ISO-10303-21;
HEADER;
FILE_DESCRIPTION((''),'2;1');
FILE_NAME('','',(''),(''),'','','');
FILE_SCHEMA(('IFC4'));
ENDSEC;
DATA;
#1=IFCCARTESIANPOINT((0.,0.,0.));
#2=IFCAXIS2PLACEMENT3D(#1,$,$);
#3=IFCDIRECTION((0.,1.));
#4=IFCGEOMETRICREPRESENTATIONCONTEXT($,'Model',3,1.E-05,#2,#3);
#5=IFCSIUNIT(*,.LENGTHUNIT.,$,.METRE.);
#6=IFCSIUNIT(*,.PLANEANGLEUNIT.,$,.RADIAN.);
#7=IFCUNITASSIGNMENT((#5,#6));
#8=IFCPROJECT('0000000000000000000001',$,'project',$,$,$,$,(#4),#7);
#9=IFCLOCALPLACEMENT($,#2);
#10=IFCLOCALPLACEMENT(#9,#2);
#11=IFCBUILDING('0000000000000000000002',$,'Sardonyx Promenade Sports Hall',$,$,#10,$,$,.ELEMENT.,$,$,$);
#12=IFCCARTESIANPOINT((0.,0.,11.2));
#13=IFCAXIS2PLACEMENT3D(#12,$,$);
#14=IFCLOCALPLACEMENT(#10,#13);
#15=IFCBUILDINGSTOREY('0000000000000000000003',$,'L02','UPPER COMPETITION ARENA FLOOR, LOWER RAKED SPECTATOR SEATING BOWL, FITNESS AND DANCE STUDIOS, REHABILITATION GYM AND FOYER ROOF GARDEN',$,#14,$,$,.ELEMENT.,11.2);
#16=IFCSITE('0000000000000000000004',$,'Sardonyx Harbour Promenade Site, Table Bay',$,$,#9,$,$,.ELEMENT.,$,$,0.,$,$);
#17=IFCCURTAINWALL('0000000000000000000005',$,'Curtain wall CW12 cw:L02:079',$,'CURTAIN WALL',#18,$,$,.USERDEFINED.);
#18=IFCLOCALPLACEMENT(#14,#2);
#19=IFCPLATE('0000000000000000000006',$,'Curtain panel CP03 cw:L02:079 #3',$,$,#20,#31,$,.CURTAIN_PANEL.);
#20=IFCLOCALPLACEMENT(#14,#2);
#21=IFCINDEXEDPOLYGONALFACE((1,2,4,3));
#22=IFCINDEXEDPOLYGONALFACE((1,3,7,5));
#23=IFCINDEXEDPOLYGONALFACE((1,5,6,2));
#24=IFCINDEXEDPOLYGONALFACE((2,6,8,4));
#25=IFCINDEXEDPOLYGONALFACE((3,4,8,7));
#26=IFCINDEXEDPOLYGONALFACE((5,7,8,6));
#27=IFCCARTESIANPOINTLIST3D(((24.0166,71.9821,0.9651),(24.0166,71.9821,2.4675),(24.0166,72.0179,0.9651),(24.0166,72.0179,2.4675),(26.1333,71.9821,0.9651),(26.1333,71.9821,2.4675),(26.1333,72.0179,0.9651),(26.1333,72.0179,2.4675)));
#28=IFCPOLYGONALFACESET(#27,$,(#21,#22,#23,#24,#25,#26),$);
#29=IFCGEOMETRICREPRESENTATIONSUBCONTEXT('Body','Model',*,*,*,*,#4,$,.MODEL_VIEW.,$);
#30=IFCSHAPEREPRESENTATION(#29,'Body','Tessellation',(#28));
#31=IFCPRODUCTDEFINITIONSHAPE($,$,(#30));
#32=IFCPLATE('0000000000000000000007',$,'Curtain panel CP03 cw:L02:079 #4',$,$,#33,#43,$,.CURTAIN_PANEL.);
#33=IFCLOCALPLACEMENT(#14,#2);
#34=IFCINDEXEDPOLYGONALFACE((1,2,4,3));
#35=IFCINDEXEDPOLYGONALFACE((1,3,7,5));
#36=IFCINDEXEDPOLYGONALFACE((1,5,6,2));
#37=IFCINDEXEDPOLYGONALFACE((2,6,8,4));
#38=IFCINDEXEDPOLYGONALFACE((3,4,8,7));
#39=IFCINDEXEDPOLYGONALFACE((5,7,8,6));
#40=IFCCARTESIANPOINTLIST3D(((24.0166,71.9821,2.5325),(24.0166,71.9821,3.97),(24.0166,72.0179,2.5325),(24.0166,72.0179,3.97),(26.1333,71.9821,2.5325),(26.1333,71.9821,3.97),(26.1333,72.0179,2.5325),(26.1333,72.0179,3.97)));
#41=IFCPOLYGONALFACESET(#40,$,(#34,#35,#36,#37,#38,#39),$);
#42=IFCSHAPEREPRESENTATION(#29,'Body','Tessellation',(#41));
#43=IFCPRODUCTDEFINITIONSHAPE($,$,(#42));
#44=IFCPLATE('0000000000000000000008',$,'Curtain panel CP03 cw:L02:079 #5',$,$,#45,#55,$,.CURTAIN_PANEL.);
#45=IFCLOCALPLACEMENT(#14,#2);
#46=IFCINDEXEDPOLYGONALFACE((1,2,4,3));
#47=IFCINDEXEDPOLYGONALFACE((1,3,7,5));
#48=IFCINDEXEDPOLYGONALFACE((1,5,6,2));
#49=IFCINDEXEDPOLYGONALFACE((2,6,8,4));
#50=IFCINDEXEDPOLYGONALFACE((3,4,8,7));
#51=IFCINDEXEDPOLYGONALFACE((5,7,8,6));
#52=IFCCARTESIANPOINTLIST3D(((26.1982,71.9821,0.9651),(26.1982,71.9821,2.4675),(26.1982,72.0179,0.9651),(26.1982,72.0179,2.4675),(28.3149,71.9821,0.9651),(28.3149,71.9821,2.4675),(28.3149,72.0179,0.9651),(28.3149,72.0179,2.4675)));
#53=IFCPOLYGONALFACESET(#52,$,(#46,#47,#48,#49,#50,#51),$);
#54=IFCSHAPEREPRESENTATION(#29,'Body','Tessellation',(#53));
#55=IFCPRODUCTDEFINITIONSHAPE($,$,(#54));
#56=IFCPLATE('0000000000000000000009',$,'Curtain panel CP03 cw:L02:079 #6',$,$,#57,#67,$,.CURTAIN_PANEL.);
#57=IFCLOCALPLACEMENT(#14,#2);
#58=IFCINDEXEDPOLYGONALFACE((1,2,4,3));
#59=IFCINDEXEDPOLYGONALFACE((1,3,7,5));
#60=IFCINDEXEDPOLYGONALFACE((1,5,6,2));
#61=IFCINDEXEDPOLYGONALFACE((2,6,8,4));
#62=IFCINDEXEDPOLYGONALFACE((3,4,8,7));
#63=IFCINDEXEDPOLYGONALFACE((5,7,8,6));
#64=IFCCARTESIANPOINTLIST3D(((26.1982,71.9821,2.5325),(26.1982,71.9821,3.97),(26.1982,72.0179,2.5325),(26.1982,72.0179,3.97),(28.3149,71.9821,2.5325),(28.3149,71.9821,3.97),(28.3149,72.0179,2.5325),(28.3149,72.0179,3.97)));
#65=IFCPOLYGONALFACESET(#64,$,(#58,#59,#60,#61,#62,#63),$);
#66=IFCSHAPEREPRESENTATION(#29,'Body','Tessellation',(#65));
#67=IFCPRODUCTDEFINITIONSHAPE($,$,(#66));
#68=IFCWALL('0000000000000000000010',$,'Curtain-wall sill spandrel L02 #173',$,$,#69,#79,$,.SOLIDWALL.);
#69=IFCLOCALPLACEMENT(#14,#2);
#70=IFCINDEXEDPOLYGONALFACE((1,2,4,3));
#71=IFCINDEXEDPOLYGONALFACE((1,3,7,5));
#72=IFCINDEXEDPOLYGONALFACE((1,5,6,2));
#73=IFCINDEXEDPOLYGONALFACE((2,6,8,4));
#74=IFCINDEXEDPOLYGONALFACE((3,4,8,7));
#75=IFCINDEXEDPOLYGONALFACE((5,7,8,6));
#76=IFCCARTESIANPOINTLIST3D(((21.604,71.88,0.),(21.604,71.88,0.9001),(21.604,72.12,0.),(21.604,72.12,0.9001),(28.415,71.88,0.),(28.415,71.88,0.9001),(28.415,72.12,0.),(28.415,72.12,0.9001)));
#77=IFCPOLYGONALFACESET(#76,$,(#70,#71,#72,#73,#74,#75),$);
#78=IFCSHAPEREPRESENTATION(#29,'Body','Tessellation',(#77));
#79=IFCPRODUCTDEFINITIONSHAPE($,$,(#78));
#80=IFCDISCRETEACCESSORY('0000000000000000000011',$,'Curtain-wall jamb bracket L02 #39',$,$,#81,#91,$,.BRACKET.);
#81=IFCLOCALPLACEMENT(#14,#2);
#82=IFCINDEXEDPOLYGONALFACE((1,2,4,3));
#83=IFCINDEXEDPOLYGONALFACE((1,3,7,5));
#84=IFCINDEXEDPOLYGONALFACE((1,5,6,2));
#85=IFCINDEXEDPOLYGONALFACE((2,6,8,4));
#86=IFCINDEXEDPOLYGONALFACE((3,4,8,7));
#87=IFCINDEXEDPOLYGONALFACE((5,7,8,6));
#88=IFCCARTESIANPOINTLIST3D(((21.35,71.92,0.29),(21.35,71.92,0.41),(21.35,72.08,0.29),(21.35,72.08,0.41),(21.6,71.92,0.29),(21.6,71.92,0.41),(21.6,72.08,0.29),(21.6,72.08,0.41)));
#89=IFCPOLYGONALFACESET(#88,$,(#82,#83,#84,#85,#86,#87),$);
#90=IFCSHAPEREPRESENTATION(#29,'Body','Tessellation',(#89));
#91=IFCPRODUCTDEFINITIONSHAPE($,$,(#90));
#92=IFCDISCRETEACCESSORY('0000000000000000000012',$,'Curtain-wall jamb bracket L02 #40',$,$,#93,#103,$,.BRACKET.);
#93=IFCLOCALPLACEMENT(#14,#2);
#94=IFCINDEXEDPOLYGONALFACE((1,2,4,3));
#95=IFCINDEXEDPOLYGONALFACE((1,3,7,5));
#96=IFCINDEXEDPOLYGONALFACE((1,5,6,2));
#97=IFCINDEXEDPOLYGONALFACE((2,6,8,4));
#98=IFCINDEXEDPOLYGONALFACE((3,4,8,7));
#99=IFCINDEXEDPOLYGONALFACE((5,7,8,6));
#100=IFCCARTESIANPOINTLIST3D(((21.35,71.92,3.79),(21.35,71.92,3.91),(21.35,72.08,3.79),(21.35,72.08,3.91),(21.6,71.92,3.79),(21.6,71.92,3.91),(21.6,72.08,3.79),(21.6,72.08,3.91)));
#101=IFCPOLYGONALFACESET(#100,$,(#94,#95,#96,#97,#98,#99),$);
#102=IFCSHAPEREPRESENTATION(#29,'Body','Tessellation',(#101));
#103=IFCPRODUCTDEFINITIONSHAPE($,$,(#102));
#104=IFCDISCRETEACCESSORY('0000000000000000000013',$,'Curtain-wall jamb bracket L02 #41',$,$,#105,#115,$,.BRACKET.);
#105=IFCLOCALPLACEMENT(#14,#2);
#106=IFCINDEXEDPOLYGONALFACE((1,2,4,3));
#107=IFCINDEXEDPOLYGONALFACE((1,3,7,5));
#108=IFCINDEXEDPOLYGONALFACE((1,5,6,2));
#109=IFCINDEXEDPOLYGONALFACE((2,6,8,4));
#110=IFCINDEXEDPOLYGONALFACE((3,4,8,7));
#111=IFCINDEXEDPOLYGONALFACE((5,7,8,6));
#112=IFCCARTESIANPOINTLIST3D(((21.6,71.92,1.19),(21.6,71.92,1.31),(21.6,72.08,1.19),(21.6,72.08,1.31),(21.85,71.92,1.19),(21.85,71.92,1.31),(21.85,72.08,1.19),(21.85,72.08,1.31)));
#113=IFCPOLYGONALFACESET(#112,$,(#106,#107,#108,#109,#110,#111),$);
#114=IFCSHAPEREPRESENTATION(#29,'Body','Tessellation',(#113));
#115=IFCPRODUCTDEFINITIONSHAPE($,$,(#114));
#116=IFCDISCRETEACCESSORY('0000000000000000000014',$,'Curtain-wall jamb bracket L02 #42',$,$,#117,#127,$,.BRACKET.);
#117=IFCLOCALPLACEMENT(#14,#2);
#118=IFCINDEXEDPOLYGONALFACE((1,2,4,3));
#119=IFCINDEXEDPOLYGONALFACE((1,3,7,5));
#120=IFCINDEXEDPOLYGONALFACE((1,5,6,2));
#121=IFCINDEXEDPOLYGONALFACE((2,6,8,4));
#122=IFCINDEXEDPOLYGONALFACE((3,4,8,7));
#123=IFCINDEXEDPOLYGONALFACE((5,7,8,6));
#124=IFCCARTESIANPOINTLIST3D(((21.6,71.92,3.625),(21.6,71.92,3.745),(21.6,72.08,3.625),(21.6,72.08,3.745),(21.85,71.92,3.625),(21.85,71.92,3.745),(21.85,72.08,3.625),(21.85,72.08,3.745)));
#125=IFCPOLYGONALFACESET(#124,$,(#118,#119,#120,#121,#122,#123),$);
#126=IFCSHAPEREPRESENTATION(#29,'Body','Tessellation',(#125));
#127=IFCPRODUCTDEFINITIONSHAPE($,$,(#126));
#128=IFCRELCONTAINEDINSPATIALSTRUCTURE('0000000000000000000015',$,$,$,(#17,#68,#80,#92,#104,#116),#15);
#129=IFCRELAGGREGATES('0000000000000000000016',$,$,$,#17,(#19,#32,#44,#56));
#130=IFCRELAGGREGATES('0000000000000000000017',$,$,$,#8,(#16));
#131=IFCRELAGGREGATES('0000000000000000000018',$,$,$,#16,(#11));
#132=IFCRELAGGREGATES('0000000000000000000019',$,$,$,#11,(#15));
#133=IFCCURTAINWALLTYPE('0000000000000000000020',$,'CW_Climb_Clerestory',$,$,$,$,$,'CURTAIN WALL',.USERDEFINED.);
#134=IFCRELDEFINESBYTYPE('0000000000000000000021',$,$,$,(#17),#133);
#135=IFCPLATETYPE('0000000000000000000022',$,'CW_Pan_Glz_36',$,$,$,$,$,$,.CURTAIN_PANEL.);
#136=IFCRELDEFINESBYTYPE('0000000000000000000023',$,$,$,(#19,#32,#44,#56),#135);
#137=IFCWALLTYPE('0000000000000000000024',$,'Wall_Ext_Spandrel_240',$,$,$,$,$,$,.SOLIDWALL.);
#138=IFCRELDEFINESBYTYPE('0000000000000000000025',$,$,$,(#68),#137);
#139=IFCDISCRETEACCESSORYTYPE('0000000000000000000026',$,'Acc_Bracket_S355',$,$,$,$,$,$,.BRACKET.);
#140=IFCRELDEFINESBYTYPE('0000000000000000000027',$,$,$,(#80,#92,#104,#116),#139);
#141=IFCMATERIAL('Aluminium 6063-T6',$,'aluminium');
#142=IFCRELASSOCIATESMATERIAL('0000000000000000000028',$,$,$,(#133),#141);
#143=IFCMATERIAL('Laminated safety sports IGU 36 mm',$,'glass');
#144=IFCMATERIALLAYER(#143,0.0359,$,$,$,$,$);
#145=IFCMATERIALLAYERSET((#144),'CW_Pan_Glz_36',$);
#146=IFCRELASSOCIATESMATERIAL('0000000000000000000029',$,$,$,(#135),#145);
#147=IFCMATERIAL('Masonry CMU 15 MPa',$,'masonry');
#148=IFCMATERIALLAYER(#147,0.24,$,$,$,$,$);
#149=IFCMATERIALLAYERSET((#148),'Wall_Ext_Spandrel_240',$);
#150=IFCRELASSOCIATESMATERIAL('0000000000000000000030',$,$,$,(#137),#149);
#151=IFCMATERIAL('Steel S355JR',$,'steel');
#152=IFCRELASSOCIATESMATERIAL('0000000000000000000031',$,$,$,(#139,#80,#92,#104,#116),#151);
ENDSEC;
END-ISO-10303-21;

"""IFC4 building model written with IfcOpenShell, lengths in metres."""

from ifc_helpers import new_model, si_unit, direction, frame, frame_2d, origin, origin_2d, place, context, subcontext, project, spatial, rectangle, extrude, material, layer, layer_set, type_object, element, aggregate, save


model = new_model("IFC4")

# Units and contexts
model_context = context("Model", 3, precision=1e-05, world=origin(), true_north=direction((0.0, 1.0)))
body_context = subcontext(model_context, "Body", "Model", "MODEL_VIEW")
ifc_project = project(units=[si_unit("LENGTHUNIT", "METRE"), si_unit("PLANEANGLEUNIT", "RADIAN")], contexts=[model_context])

# Site, building, storey
site_placement = place(None, origin())
site = spatial("IfcSite", under=ifc_project, at=site_placement, Name="Sardonyx Harbour Promenade Site, Table Bay", CompositionType="ELEMENT", RefElevation=0.0)
building_placement = place(site_placement, origin())
building = spatial("IfcBuilding", under=site, at=building_placement, Name="Sardonyx Promenade Sports Hall", CompositionType="ELEMENT")
storey_placement = place(building_placement, frame((0.0, 0.0, 11.2)))
storey = spatial("IfcBuildingStorey", under=building, at=storey_placement, Name="L02", Description="UPPER COMPETITION ARENA FLOOR, LOWER RAKED SPECTATOR SEATING BOWL, FITNESS AND DANCE STUDIOS, REHABILITATION GYM AND FOYER ROOF GARDEN", CompositionType="ELEMENT", Elevation=11.2)

# Curtain wall
ifc_material_1 = material(Name="Aluminium 6063-T6", Category="aluminium")
curtain_wall_type = type_object("IfcCurtainWallType", Name="CW_Climb_Clerestory", ElementType="CURTAIN WALL", PredefinedType="USERDEFINED", material=ifc_material_1)
curtain_wall_1_placement = place(storey_placement, origin())
curtain_wall_1 = element("IfcCurtainWall", 1, at=curtain_wall_1_placement, inside=storey, type_object=curtain_wall_type, Name="Curtain wall CW12 cw:L02:079", ObjectType="CURTAIN WALL", PredefinedType="USERDEFINED")

# Plates
ifc_material_2 = material(Name="Laminated safety sports IGU 36 mm", Category="glass")
ifc_layer_1 = layer(ifc_material_2, 0.0359)
ifc_layer_set_1 = layer_set([ifc_layer_1], Name="CW_Pan_Glz_36")
plate_type = type_object("IfcPlateType", Name="CW_Pan_Glz_36", PredefinedType="CURTAIN_PANEL", material=ifc_layer_set_1)
plate_1_placement = place(storey_placement, frame((25.075, 72.0, 0.9651), z_axis=(0.0, 0.0, 1.0), x_axis=(1.0, 0.0, 0.0)))
plate_1 = element("IfcPlate", 2, at=plate_1_placement, type_object=plate_type, Name="Curtain panel CP03 cw:L02:079 #3", PredefinedType="CURTAIN_PANEL", context=body_context, shape_type="SweptSolid", body=[
    extrude(rectangle(XDim=2.1167, YDim=0.0359, at=origin_2d()), origin(), (0.0, 0.0, 1.0), 1.5024),
])
plate_2_placement = place(storey_placement, frame((25.075, 72.0, 2.5325), z_axis=(0.0, 0.0, 1.0), x_axis=(1.0, 0.0, 0.0)))
plate_2 = element("IfcPlate", 3, at=plate_2_placement, type_object=plate_type, Name="Curtain panel CP03 cw:L02:079 #4", PredefinedType="CURTAIN_PANEL", context=body_context, shape_type="SweptSolid", body=[
    extrude(rectangle(XDim=2.1167, YDim=0.0359, at=origin_2d()), origin(), (0.0, 0.0, 1.0), 1.4375),
])
plate_3_placement = place(storey_placement, frame((27.2566, 72.0, 0.9651), z_axis=(0.0, 0.0, 1.0), x_axis=(1.0, 0.0, 0.0)))
plate_3 = element("IfcPlate", 4, at=plate_3_placement, type_object=plate_type, Name="Curtain panel CP03 cw:L02:079 #5", PredefinedType="CURTAIN_PANEL", context=body_context, shape_type="SweptSolid", body=[
    extrude(rectangle(XDim=2.1167, YDim=0.0359, at=origin_2d()), origin(), (0.0, 0.0, 1.0), 1.5024),
])
plate_4_placement = place(storey_placement, frame((27.2566, 72.0, 2.5325), z_axis=(0.0, 0.0, 1.0), x_axis=(1.0, 0.0, 0.0)))
plate_4 = element("IfcPlate", 5, at=plate_4_placement, type_object=plate_type, Name="Curtain panel CP03 cw:L02:079 #6", PredefinedType="CURTAIN_PANEL", context=body_context, shape_type="SweptSolid", body=[
    extrude(rectangle(XDim=2.1167, YDim=0.0359, at=origin_2d()), origin(), (0.0, 0.0, 1.0), 1.4375),
])
aggregate(curtain_wall_1, [plate_1, plate_2, plate_3, plate_4])

# Wall
ifc_material_3 = material(Name="Masonry CMU 15 MPa", Category="masonry")
ifc_layer_2 = layer(ifc_material_3, 0.24)
ifc_layer_set_2 = layer_set([ifc_layer_2], Name="Wall_Ext_Spandrel_240")
wall_type = type_object("IfcWallType", Name="Wall_Ext_Spandrel_240", PredefinedType="SOLIDWALL", material=ifc_layer_set_2)
wall_placement = place(storey_placement, frame((21.604, 72.0, 0.0), z_axis=(0.0, 0.0, 1.0), x_axis=(1.0, 0.0, 0.0)))
element("IfcWall", 6, at=wall_placement, inside=storey, type_object=wall_type, Name="Curtain-wall sill spandrel L02 #173", PredefinedType="SOLIDWALL", context=body_context, shape_type="SweptSolid", body=[
    extrude(rectangle(XDim=6.811, YDim=0.24, at=frame_2d((3.4055, 0.0))), origin(), (0.0, 0.0, 1.0), 0.9001),
])

# Discrete accessories
ifc_material_4 = material(Name="Steel S355JR", Category="steel")
discrete_accessory_type = type_object("IfcDiscreteAccessoryType", Name="Acc_Bracket_S355", PredefinedType="BRACKET", material=ifc_material_4)
for number, where, z_axis, x_axis, name in (
    (7, (21.475, 72.0, 0.29), (0.0, 0.0, 1.0), (1.0, 0.0, 0.0), "Curtain-wall jamb bracket L02 #39"),
    (8, (21.475, 72.0, 3.79), (0.0, 0.0, 1.0), (1.0, 0.0, 0.0), "Curtain-wall jamb bracket L02 #40"),
    (9, (21.725, 72.0, 1.19), (0.0, 0.0, 1.0), (1.0, 0.0, 0.0), "Curtain-wall jamb bracket L02 #41"),
    (10, (21.725, 72.0, 3.625), (0.0, 0.0, 1.0), (1.0, 0.0, 0.0), "Curtain-wall jamb bracket L02 #42"),
):
    element("IfcDiscreteAccessory", number, at=place(storey_placement, frame(where, z_axis=z_axis, x_axis=x_axis)), inside=storey, type_object=discrete_accessory_type, material=ifc_material_4, Name=name, PredefinedType="BRACKET", context=body_context, shape_type="SweptSolid", body=[
        extrude(rectangle(XDim=0.25, YDim=0.16), origin(), (0.0, 0.0, 1.0), 0.12),
    ])

save(model, "model.ifc")
